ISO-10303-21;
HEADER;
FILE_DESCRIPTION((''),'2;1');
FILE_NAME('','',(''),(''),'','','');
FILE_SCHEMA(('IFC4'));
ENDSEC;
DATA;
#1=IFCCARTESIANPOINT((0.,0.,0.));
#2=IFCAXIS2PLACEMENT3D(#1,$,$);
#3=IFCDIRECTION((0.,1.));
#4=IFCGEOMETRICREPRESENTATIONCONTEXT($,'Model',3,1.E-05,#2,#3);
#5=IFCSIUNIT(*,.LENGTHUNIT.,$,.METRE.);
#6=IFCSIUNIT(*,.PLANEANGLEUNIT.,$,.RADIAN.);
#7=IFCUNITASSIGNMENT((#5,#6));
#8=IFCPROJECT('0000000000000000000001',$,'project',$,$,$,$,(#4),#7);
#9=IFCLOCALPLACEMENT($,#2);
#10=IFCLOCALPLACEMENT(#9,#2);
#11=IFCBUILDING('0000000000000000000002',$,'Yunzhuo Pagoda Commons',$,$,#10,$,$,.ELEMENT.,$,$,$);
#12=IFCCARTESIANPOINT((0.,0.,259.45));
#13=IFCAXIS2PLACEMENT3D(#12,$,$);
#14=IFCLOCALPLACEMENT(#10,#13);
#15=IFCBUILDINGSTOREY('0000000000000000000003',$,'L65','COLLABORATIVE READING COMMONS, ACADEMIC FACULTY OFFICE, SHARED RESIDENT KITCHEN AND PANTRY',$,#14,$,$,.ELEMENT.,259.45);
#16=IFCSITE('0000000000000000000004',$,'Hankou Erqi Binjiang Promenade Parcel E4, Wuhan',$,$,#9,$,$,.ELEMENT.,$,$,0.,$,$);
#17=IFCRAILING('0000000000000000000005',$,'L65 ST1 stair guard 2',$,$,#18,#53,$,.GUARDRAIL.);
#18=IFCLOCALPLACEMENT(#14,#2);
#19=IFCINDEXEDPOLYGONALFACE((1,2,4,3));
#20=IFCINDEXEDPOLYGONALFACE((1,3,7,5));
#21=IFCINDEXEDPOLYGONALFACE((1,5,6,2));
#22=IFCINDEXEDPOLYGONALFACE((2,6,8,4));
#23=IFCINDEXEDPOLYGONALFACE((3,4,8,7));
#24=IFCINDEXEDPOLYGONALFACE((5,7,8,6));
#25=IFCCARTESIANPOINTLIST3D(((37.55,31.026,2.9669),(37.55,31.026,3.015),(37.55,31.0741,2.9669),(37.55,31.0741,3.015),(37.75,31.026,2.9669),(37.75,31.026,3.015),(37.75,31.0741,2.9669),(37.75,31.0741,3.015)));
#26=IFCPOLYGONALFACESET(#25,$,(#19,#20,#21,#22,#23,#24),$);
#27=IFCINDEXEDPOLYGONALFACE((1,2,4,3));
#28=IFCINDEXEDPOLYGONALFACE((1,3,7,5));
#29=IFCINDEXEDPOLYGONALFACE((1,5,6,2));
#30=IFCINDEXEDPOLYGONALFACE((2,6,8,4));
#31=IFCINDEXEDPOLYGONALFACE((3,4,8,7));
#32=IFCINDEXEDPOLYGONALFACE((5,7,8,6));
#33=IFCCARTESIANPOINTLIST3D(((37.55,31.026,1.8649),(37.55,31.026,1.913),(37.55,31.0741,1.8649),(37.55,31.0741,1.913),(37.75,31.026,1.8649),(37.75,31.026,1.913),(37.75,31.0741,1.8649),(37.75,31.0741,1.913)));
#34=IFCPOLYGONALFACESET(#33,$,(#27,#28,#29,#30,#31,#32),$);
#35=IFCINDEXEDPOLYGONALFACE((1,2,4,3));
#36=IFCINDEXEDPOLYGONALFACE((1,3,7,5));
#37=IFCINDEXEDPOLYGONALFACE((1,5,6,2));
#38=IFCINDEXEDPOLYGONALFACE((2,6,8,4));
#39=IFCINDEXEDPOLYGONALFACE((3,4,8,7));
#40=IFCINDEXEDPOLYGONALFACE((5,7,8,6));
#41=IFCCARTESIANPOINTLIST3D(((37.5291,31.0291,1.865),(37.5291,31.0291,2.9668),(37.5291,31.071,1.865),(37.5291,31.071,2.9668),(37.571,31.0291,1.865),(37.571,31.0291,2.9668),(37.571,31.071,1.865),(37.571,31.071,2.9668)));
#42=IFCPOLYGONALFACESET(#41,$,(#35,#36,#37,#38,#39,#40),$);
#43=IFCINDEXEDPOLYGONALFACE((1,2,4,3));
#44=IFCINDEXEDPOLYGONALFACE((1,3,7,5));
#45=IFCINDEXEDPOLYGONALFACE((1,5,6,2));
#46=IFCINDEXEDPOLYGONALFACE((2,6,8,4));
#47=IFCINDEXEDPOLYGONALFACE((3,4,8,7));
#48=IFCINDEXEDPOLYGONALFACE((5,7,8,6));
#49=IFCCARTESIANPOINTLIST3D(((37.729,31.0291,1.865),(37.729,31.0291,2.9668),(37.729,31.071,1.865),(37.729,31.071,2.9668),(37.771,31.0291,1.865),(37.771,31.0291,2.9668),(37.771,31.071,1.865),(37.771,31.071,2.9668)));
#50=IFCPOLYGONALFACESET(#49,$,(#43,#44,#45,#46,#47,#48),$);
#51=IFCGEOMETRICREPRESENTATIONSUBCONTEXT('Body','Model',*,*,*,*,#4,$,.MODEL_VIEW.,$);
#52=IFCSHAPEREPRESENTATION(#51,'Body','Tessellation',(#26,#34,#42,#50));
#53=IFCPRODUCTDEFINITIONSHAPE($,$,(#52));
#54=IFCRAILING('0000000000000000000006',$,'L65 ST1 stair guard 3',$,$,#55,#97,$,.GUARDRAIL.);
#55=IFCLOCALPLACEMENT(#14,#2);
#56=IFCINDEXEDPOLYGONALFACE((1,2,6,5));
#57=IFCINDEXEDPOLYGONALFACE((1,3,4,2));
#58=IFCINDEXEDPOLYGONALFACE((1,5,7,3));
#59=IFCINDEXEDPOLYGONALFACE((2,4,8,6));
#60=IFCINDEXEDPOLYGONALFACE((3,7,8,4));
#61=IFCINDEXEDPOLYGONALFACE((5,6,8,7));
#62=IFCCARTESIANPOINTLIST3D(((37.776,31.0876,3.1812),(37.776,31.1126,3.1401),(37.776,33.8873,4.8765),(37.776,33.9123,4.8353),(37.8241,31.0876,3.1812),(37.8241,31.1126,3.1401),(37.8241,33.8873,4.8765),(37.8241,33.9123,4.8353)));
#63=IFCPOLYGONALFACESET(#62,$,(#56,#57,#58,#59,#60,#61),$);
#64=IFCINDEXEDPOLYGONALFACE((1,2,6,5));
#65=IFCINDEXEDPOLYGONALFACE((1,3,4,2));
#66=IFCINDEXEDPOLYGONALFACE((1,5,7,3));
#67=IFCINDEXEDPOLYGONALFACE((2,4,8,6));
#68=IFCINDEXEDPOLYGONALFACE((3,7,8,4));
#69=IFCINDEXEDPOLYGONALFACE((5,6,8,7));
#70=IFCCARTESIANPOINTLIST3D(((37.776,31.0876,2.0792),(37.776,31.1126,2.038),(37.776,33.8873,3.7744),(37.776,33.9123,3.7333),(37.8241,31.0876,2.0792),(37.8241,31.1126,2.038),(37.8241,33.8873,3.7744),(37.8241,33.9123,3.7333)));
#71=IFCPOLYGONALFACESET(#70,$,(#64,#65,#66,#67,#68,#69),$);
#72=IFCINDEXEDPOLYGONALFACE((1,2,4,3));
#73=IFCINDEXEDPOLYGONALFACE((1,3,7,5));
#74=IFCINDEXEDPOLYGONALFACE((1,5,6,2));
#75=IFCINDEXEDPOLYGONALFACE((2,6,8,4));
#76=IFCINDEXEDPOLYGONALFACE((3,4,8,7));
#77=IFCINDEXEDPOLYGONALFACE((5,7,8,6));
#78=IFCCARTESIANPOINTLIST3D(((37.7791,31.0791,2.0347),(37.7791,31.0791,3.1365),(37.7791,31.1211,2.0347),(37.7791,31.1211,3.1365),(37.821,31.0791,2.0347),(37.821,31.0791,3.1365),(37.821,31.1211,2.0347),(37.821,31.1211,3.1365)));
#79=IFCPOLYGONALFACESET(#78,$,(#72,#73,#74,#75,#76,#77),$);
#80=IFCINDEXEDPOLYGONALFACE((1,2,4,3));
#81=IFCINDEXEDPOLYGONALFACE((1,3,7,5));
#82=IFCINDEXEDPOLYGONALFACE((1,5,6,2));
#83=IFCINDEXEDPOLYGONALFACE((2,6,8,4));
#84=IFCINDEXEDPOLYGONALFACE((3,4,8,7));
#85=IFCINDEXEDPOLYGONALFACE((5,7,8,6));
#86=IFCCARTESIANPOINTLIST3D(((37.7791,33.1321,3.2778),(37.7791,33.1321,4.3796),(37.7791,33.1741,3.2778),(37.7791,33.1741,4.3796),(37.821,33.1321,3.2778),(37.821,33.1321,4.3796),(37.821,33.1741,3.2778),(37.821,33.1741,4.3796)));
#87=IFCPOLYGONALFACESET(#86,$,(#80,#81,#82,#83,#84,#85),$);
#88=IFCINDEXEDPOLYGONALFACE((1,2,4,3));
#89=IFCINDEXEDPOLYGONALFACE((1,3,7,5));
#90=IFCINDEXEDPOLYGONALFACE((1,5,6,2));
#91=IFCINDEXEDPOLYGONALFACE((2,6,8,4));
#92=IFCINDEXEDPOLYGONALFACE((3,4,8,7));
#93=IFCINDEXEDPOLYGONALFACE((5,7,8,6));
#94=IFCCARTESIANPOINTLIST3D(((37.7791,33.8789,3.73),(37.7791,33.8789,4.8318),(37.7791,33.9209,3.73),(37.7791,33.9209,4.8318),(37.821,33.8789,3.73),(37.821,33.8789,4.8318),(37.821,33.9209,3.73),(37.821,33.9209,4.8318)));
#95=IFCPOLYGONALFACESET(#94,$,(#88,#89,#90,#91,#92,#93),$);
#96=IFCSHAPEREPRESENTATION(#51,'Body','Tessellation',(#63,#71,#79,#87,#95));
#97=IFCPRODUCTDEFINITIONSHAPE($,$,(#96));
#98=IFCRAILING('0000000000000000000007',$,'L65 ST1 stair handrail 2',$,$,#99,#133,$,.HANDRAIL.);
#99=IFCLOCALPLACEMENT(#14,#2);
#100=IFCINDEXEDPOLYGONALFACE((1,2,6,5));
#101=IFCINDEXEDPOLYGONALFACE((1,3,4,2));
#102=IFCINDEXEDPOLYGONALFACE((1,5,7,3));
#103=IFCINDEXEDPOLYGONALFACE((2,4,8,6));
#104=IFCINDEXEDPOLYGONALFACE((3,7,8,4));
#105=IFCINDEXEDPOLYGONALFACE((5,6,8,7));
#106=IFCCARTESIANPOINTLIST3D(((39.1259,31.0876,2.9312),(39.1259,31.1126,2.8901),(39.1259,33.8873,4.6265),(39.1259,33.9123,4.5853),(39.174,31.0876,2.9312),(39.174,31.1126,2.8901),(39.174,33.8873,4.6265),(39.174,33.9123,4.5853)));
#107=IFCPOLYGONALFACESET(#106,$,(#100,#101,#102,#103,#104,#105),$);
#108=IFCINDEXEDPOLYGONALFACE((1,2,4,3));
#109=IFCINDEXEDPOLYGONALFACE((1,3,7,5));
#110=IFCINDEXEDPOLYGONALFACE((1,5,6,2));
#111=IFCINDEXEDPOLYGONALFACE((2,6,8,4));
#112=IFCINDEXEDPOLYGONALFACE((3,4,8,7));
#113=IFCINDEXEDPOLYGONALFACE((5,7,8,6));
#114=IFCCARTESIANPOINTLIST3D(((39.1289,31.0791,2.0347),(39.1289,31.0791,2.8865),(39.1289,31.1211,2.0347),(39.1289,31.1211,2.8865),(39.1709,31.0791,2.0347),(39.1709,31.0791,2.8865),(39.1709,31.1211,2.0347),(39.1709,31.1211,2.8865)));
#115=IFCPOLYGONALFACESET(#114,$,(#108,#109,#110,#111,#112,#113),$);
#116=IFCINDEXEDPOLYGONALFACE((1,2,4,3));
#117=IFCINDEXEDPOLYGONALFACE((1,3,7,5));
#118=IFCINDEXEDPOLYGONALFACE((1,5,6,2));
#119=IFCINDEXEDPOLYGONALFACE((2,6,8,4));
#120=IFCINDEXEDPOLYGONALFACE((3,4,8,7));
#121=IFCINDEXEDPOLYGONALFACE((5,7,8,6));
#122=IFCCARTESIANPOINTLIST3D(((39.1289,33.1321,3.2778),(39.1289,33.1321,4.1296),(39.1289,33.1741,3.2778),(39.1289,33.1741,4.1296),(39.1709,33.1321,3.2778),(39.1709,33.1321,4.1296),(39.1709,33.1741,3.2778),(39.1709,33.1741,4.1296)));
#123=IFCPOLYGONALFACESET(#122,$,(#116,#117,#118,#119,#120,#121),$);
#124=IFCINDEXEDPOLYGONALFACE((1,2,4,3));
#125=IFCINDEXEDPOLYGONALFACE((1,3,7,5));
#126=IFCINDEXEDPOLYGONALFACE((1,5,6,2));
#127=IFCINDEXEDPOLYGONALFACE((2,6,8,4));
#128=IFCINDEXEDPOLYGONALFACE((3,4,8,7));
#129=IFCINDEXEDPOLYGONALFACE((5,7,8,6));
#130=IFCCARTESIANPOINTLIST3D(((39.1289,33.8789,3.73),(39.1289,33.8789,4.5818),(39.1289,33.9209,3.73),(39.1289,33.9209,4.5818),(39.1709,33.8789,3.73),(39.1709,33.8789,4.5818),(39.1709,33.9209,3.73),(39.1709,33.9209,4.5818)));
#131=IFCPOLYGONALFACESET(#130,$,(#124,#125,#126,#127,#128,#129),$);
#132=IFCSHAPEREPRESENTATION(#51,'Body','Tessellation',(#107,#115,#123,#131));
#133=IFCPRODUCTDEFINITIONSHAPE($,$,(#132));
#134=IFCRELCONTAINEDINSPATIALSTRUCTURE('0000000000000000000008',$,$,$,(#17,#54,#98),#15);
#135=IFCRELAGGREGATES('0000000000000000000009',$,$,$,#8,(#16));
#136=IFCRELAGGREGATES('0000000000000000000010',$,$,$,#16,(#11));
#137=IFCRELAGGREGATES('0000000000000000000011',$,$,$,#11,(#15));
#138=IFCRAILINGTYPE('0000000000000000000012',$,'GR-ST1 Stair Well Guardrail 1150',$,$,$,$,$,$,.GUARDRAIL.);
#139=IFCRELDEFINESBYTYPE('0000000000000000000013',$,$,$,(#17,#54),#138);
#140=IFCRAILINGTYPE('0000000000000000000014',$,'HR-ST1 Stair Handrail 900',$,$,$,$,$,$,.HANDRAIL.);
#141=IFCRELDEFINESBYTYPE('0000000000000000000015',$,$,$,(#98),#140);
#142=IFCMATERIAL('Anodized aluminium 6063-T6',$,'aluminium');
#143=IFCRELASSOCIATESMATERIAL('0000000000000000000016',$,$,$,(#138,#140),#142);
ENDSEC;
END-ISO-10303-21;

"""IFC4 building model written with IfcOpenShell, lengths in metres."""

from ifc_helpers import new_model, si_unit, direction, frame, origin, origin_2d, place, context, subcontext, project, spatial, rectangle, extrude, material, type_object, element, save


model = new_model("IFC4")

# Units and contexts
model_context = context("Model", 3, precision=1e-05, world=origin(), true_north=direction((0.0, 1.0)))
body_context = subcontext(model_context, "Body", "Model", "MODEL_VIEW")
ifc_project = project(units=[si_unit("LENGTHUNIT", "METRE"), si_unit("PLANEANGLEUNIT", "RADIAN")], contexts=[model_context])

# Site, building, storey
site_placement = place(None, origin())
site = spatial("IfcSite", under=ifc_project, at=site_placement, Name="Hankou Erqi Binjiang Promenade Parcel E4, Wuhan", CompositionType="ELEMENT", RefElevation=0.0)
building_placement = place(site_placement, origin())
building = spatial("IfcBuilding", under=site, at=building_placement, Name="Yunzhuo Pagoda Commons", CompositionType="ELEMENT")
storey_placement = place(building_placement, frame((0.0, 0.0, 259.45)))
storey = spatial("IfcBuildingStorey", under=building, at=storey_placement, Name="L65", Description="COLLABORATIVE READING COMMONS, ACADEMIC FACULTY OFFICE, SHARED RESIDENT KITCHEN AND PANTRY", CompositionType="ELEMENT", Elevation=259.45)

# Railings
ifc_material_1 = material(Name="Anodized aluminium 6063-T6", Category="aluminium")
railing_type_1 = type_object("IfcRailingType", Name="GR-ST1 Stair Well Guardrail 1150", PredefinedType="GUARDRAIL", material=ifc_material_1)
railing_1_placement = place(storey_placement, frame((37.55, 31.05, 1.865)))
element("IfcRailing", 1, at=railing_1_placement, inside=storey, type_object=railing_type_1, Name="L65 ST1 stair guard 2", PredefinedType="GUARDRAIL", context=body_context, shape_type="SweptSolid", body=[
    extrude(rectangle(XDim=0.0481, YDim=0.0481, at=origin_2d()), frame((0.0, 0.0, 1.126), z_axis=(1.0, 0.0, 0.0), x_axis=(0.0, 1.0, 0.0)), (0.0, 0.0, 1.0), 0.2),
    extrude(rectangle(XDim=0.0481, YDim=0.0481, at=origin_2d()), frame((0.0, 0.0, 0.0239), z_axis=(1.0, 0.0, 0.0), x_axis=(0.0, 1.0, 0.0)), (0.0, 0.0, 1.0), 0.2),
    extrude(rectangle(XDim=0.042, YDim=0.042, at=origin_2d()), origin(), (0.0, 0.0, 1.0), 1.1018),
    extrude(rectangle(XDim=0.042, YDim=0.042, at=origin_2d()), frame((0.2, 0.0, 0.0)), (0.0, 0.0, 1.0), 1.1018),
])
railing_2_placement = place(storey_placement, frame((37.8, 31.1001, 2.0347)))
element("IfcRailing", 2, at=railing_2_placement, inside=storey, type_object=railing_type_1, Name="L65 ST1 stair guard 3", PredefinedType="GUARDRAIL", context=body_context, shape_type="SweptSolid", body=[
    extrude(rectangle(XDim=0.0481, YDim=0.0481, at=origin_2d()), frame((0.0, 0.0, 1.126), z_axis=(0.0, 0.855406, 0.517958), x_axis=(-1.0, 0.0, 0.0)), (0.0, 0.0, 1.0), 3.2729),
    extrude(rectangle(XDim=0.0481, YDim=0.0481, at=origin_2d()), frame((0.0, 0.0, 0.0239), z_axis=(0.0, 0.855406, 0.517958), x_axis=(-1.0, 0.0, 0.0)), (0.0, 0.0, 1.0), 3.2729),
    extrude(rectangle(XDim=0.042, YDim=0.042, at=origin_2d()), origin(), (0.0, 0.0, 1.0), 1.1018),
    extrude(rectangle(XDim=0.042, YDim=0.042, at=origin_2d()), frame((0.0, 2.053, 1.2432)), (0.0, 0.0, 1.0), 1.1018),
    extrude(rectangle(XDim=0.042, YDim=0.042, at=origin_2d()), frame((0.0, 2.7998, 1.6953)), (0.0, 0.0, 1.0), 1.1018),
])
railing_type_2 = type_object("IfcRailingType", Name="HR-ST1 Stair Handrail 900", PredefinedType="HANDRAIL", material=ifc_material_1)
railing_3_placement = place(storey_placement, frame((39.1499, 31.1001, 2.0347)))
element("IfcRailing", 3, at=railing_3_placement, inside=storey, type_object=railing_type_2, Name="L65 ST1 stair handrail 2", PredefinedType="HANDRAIL", context=body_context, shape_type="SweptSolid", body=[
    extrude(rectangle(XDim=0.0481, YDim=0.0481, at=origin_2d()), frame((0.0, 0.0, 0.876), z_axis=(0.0, 0.855406, 0.517958), x_axis=(-1.0, 0.0, 0.0)), (0.0, 0.0, 1.0), 3.2729),
    extrude(rectangle(XDim=0.042, YDim=0.042, at=origin_2d()), origin(), (0.0, 0.0, 1.0), 0.8518),
    extrude(rectangle(XDim=0.042, YDim=0.042, at=origin_2d()), frame((0.0, 2.053, 1.2432)), (0.0, 0.0, 1.0), 0.8518),
    extrude(rectangle(XDim=0.042, YDim=0.042, at=origin_2d()), frame((0.0, 2.7998, 1.6953)), (0.0, 0.0, 1.0), 0.8518),
])

save(model, "model.ifc")
